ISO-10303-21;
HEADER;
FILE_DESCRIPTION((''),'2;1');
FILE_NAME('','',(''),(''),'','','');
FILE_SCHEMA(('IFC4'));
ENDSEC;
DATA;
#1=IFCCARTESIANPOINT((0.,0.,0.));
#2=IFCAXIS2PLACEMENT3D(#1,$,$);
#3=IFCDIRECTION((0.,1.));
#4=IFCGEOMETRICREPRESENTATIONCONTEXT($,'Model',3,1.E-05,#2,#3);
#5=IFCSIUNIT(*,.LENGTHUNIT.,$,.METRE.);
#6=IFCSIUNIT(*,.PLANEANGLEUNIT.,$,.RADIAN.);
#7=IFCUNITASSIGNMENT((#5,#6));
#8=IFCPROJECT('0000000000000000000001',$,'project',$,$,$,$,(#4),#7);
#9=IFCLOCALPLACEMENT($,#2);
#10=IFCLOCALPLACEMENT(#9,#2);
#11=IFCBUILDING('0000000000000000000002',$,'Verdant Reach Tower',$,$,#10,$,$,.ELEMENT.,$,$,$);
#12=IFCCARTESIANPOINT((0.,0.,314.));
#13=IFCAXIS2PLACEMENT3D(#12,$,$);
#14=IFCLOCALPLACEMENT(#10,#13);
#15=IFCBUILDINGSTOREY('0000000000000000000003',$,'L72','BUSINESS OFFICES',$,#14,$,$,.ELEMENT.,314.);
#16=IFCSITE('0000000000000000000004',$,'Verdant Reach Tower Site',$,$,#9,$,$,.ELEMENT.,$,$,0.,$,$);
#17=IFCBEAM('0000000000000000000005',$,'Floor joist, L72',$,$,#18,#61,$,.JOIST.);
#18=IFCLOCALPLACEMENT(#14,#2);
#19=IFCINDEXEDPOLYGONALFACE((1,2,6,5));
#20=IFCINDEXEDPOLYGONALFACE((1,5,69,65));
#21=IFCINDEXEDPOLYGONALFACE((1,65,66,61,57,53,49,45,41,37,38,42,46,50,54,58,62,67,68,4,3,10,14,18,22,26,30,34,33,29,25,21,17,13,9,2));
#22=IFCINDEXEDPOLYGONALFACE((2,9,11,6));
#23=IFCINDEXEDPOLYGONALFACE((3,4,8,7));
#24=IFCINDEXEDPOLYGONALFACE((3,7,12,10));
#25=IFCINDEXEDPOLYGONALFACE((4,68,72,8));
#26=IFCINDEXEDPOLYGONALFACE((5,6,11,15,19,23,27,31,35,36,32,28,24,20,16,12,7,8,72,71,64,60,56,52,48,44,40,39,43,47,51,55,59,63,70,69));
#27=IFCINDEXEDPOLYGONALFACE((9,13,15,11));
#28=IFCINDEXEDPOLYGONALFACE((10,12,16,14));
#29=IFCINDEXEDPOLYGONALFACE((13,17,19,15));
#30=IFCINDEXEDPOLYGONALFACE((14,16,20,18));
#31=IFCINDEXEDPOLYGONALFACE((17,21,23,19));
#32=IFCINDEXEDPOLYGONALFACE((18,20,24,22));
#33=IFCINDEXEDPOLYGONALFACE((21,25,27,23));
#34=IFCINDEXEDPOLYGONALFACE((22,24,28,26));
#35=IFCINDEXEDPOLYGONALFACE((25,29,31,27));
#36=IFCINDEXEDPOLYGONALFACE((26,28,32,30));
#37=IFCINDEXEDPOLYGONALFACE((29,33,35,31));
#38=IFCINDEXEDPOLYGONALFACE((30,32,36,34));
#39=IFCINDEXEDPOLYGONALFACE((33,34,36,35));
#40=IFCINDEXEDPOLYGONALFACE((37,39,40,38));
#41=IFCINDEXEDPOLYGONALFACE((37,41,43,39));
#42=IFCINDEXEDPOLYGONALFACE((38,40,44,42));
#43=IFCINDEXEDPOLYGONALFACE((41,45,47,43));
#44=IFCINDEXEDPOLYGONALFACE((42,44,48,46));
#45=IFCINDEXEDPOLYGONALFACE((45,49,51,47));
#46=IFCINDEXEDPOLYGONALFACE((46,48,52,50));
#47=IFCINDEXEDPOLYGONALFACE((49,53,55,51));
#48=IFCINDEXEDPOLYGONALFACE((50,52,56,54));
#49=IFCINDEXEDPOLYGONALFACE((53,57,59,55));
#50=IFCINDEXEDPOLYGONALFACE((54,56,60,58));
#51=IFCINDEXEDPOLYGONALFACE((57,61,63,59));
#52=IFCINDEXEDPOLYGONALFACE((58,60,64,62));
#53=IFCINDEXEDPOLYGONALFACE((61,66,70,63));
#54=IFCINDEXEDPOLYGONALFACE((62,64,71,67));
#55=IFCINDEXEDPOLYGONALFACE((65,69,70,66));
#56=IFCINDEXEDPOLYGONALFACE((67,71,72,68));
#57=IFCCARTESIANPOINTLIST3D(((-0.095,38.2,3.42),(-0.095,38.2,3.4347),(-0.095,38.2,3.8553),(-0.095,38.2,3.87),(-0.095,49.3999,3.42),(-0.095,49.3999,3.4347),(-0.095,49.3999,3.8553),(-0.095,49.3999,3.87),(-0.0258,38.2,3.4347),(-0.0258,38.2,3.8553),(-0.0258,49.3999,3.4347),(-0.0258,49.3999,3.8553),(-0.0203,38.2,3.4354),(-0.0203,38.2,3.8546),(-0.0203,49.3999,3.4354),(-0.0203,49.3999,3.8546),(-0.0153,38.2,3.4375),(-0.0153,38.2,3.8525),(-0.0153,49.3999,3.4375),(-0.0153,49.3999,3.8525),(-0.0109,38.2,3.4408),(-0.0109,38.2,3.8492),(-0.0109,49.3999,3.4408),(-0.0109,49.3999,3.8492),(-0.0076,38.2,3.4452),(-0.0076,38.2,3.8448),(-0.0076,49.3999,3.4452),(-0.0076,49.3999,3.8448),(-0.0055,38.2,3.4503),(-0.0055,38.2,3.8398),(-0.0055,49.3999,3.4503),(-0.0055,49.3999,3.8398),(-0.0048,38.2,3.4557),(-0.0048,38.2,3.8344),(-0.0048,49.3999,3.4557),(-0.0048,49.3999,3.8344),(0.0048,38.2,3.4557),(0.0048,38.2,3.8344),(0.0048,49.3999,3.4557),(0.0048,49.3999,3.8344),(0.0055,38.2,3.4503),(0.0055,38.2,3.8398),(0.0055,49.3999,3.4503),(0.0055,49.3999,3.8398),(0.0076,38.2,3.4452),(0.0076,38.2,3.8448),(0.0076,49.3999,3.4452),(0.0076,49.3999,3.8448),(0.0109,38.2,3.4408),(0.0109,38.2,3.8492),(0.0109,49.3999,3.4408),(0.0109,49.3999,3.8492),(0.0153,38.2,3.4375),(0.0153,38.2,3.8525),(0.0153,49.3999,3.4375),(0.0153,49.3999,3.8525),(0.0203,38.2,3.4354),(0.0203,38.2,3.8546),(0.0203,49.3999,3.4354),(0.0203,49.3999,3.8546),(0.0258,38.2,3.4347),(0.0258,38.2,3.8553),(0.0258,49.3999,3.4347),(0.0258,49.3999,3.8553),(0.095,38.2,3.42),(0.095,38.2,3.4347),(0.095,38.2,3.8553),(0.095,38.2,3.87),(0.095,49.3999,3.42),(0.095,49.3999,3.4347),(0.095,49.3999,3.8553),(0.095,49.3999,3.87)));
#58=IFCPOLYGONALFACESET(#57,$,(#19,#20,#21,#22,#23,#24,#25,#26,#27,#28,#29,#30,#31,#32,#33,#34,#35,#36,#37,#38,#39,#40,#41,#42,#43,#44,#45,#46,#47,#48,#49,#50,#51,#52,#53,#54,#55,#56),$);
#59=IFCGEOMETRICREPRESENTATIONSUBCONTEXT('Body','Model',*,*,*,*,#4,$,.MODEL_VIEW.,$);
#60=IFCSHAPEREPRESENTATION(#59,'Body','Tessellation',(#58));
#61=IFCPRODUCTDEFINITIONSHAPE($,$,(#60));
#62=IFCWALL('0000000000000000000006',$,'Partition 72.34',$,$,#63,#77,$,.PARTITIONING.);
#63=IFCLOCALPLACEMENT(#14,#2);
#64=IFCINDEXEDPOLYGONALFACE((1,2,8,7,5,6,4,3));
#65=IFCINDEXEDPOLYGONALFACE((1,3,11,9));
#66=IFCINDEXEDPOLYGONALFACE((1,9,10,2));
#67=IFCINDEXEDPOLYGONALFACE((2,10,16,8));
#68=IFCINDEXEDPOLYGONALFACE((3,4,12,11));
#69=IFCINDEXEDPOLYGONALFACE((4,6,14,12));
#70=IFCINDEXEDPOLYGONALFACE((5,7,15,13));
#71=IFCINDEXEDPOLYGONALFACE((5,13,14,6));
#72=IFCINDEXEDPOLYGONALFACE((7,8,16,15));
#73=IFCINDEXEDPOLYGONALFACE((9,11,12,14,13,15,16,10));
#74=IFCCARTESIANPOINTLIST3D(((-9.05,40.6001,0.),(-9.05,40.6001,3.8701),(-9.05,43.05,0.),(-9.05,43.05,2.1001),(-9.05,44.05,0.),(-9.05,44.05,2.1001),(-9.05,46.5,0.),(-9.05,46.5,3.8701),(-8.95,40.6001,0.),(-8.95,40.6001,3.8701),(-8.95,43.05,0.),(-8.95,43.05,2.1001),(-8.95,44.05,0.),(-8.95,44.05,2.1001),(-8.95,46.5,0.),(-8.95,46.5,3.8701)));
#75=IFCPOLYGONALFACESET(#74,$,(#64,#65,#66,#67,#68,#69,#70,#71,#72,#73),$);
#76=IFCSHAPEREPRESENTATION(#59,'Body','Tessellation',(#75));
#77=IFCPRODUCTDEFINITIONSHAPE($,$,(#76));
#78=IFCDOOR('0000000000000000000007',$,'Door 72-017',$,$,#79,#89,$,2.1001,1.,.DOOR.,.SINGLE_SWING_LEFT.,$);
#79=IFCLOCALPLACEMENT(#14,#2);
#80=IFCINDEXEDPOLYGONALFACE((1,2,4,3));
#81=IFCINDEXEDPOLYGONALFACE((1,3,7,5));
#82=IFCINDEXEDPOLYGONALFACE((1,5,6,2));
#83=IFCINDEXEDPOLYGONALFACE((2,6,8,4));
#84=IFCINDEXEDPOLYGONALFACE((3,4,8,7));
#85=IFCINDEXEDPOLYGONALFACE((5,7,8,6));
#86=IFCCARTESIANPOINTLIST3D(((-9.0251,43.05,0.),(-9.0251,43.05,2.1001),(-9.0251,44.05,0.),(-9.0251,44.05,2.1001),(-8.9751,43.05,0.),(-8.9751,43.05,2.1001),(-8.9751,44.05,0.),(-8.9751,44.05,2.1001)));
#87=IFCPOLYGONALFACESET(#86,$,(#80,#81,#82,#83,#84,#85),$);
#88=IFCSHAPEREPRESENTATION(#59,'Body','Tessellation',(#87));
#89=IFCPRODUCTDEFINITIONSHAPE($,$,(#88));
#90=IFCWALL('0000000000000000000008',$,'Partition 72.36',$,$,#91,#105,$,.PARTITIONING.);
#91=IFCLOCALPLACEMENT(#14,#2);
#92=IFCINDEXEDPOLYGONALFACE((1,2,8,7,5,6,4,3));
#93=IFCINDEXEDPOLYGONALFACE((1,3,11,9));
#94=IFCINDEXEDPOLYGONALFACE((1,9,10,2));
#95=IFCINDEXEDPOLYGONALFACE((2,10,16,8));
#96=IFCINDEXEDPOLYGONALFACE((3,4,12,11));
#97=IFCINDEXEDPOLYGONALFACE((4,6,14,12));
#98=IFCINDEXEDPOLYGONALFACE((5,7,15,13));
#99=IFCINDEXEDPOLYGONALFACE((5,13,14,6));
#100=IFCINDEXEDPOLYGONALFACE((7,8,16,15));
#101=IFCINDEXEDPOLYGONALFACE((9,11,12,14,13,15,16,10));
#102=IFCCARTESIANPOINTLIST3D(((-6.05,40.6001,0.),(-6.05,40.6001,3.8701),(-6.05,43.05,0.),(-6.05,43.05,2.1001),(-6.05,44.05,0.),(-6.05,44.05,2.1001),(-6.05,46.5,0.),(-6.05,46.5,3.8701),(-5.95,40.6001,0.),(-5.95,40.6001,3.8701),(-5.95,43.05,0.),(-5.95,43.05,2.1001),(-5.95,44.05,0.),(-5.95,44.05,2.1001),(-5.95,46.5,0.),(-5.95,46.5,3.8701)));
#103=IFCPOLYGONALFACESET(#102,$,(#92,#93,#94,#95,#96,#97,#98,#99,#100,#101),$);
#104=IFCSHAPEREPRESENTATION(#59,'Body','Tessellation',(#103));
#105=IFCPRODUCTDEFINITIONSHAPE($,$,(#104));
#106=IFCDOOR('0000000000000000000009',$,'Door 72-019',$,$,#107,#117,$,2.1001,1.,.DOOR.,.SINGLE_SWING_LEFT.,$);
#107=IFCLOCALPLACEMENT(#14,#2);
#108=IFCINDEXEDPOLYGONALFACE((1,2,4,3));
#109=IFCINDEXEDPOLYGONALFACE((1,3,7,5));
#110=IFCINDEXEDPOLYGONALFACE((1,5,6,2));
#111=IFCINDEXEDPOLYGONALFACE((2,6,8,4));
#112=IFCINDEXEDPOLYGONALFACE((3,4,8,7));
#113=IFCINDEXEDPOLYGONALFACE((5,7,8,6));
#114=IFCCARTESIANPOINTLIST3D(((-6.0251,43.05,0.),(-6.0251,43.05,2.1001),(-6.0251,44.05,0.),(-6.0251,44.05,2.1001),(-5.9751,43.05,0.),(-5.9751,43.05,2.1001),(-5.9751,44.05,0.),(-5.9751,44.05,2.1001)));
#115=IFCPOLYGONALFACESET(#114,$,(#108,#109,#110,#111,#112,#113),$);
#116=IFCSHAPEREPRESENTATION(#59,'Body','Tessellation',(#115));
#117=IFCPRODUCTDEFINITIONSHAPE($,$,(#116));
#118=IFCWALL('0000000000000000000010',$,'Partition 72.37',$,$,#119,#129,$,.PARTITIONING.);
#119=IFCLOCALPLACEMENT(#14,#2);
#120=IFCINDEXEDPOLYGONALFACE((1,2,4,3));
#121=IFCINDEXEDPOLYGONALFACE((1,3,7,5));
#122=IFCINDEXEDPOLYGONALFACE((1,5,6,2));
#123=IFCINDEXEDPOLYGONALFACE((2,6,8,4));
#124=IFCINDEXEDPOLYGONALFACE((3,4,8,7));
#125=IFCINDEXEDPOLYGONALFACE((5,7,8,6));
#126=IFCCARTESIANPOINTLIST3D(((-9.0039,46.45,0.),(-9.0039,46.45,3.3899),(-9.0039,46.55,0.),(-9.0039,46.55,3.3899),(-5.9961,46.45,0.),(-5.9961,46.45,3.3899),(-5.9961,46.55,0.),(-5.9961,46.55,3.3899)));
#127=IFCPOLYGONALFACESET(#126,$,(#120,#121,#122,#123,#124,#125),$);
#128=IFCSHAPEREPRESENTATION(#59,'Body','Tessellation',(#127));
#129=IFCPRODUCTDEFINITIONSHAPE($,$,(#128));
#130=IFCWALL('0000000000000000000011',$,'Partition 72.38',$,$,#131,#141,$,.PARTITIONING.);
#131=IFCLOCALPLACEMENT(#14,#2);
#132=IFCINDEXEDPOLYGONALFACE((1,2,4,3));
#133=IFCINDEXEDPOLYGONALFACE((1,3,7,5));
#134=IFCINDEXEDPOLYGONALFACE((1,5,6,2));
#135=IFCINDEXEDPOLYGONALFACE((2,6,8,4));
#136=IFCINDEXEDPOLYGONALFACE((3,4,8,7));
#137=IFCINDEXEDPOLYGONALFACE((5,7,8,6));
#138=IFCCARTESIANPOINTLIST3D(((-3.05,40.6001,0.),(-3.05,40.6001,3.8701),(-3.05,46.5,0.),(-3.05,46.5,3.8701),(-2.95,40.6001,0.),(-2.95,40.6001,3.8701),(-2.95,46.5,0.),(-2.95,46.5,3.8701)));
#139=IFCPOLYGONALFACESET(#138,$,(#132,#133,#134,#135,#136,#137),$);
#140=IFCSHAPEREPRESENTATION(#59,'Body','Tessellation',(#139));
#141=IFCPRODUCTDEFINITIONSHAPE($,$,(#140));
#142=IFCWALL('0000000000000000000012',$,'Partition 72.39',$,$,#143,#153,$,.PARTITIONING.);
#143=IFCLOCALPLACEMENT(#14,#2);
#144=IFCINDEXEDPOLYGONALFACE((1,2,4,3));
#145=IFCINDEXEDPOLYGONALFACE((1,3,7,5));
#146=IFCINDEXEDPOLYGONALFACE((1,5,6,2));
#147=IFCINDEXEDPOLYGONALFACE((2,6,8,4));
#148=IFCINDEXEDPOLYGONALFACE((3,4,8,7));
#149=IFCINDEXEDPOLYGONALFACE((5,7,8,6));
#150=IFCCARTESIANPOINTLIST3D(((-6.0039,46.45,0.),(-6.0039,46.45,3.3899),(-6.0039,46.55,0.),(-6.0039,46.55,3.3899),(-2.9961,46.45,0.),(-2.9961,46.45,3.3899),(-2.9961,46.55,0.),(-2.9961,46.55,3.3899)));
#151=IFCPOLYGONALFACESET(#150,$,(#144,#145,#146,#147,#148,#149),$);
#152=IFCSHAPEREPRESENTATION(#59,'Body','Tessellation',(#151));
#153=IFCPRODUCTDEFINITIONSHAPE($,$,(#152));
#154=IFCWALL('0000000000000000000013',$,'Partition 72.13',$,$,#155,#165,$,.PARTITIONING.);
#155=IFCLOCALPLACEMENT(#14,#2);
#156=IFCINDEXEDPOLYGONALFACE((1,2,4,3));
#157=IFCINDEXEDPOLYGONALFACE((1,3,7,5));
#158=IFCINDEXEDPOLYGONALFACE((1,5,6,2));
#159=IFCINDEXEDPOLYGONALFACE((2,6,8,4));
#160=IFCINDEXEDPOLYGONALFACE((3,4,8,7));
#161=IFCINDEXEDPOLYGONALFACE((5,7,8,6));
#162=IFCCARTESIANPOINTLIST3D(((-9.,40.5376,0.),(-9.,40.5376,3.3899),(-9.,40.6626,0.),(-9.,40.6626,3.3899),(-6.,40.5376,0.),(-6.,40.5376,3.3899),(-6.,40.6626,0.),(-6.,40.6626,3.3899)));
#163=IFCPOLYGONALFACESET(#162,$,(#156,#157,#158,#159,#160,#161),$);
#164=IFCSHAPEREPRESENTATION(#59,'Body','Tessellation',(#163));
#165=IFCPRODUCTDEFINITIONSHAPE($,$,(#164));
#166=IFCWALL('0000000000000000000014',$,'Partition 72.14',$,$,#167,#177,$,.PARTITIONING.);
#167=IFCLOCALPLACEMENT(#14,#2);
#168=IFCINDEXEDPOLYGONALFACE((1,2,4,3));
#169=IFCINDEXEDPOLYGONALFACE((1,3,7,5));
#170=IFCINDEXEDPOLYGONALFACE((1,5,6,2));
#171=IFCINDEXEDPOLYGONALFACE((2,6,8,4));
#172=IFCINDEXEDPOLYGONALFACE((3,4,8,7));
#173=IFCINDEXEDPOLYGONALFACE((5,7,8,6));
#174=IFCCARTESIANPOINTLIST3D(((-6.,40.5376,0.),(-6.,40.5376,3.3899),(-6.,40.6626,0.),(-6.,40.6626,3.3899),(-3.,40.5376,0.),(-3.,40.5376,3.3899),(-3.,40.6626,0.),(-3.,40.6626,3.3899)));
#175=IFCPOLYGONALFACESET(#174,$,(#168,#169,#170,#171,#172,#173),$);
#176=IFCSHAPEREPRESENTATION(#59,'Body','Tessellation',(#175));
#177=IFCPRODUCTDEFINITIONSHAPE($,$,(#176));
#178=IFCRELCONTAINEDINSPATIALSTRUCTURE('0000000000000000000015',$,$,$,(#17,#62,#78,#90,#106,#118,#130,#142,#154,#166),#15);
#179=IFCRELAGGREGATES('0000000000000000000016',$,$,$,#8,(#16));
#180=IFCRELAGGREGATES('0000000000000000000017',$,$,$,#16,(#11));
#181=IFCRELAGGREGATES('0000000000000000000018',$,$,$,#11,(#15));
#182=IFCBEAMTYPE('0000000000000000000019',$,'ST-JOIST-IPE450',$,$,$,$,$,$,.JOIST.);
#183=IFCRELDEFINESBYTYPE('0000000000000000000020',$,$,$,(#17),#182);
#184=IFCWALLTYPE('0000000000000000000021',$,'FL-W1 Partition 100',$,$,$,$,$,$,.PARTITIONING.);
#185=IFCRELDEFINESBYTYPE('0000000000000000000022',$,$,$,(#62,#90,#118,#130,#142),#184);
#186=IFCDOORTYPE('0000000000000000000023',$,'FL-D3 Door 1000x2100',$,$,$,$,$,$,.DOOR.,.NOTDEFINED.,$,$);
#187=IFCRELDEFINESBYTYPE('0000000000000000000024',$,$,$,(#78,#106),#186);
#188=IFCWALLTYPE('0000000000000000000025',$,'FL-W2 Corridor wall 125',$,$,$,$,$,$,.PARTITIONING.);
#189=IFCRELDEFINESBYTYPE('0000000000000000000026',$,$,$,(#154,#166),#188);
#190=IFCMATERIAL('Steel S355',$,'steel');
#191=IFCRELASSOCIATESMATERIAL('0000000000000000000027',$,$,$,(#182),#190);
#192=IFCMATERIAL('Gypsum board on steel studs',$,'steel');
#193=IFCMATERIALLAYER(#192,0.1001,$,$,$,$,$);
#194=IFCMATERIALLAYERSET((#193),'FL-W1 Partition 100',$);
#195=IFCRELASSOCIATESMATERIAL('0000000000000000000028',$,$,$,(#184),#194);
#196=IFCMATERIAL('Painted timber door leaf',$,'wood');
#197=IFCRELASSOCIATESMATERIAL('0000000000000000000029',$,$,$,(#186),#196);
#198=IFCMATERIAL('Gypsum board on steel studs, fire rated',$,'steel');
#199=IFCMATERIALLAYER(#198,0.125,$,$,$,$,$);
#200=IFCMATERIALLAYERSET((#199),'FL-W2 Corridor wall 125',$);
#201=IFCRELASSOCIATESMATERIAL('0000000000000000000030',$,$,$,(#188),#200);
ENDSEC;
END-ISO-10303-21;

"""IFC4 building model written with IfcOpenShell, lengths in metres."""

from ifc_helpers import new_model, si_unit, direction, frame, frame_2d, origin, origin_2d, place, context, subcontext, project, spatial, rectangle, i_section, extrude, material, layer, layer_set, material_profile, profile_set, type_object, element, fill, save


model = new_model("IFC4")

# Units and contexts
model_context = context("Model", 3, precision=1e-05, world=origin(), true_north=direction((0.0, 1.0)))
body_context = subcontext(model_context, "Body", "Model", "MODEL_VIEW")
ifc_project = project(units=[si_unit("LENGTHUNIT", "METRE"), si_unit("PLANEANGLEUNIT", "RADIAN")], contexts=[model_context])

# Site, building, storey
site_placement = place(None, origin())
site = spatial("IfcSite", under=ifc_project, at=site_placement, Name="Verdant Reach Tower Site", CompositionType="ELEMENT", RefElevation=0.0)
building_placement = place(site_placement, origin())
building = spatial("IfcBuilding", under=site, at=building_placement, Name="Verdant Reach Tower", CompositionType="ELEMENT")
storey_placement = place(building_placement, frame((0.0, 0.0, 314.0)))
storey = spatial("IfcBuildingStorey", under=building, at=storey_placement, Name="L72", Description="BUSINESS OFFICES", CompositionType="ELEMENT", Elevation=314.0)

# Beam
ifc_material_1 = material(Name="Steel S355", Category="steel")
ifc_material_profile_1 = material_profile(ifc_material_1, i_section(OverallWidth=0.1899, OverallDepth=0.45, WebThickness=0.0095, FlangeThickness=0.0146, FilletRadius=0.021, at=origin_2d()), Name="IPE 450")
ifc_profile_set_1 = profile_set([ifc_material_profile_1], Name="Steel S355")
beam_type_1 = type_object("IfcBeamType", Name="ST-JOIST-IPE450", PredefinedType="JOIST", material=ifc_profile_set_1)
for number, where, z_axis, x_axis, name in (
    (1, (0.0, 38.2, 3.645), (0.0, 1.0, 0.0), (-1.0, 0.0, 0.0), "Floor joist, L72"),
):
    element("IfcBeam", number, at=place(storey_placement, frame(where, z_axis=z_axis, x_axis=x_axis)), inside=storey, type_object=beam_type_1, Name=name, PredefinedType="JOIST", context=body_context, shape_type="SweptSolid", body=[
        extrude(i_section(OverallWidth=0.1899, OverallDepth=0.45, WebThickness=0.0095, FlangeThickness=0.0146, FilletRadius=0.021, at=origin_2d()), origin(), (0.0, 0.0, 1.0), 11.2),
    ])

# Walls, openings, doors
ifc_material_2 = material(Name="Gypsum board on steel studs", Category="steel")
ifc_layer_1 = layer(ifc_material_2, 0.1001)
ifc_layer_set_1 = layer_set([ifc_layer_1], Name="FL-W1 Partition 100")
wall_type_1 = type_object("IfcWallType", Name="FL-W1 Partition 100", PredefinedType="PARTITIONING", material=ifc_layer_set_1)
wall_1_placement = place(storey_placement, frame((-9.0, 46.5, 0.0), z_axis=(0.0, 0.0, 1.0), x_axis=(0.0, -1.0, 0.0)))
wall_1 = element("IfcWall", 2, at=wall_1_placement, inside=storey, type_object=wall_type_1, Name="Partition 72.34", PredefinedType="PARTITIONING", context=body_context, shape_type="SweptSolid", body=[
    extrude(rectangle(XDim=5.8999, YDim=0.1001, at=frame_2d((2.95, 0.0))), origin(), (0.0, 0.0, 1.0), 3.8701),
])
opening_1_placement = place(wall_1_placement, frame((2.45, 0.0, 0.0)))
opening_1 = element("IfcOpeningElement", 3, at=opening_1_placement, cuts=wall_1, PredefinedType="OPENING", context=body_context, shape_type="SweptSolid", body=[
    extrude(rectangle(XDim=1.0, YDim=2.1001, at=frame_2d((0.5, 1.05))), frame((0.0, 0.0601, 0.0), z_axis=(0.0, -1.0, 0.0), x_axis=(1.0, 0.0, 0.0)), (0.0, 0.0, 1.0), 0.1201),
])
ifc_material_3 = material(Name="Painted timber door leaf", Category="wood")
door_type_1 = type_object("IfcDoorType", Name="FL-D3 Door 1000x2100", OperationType="NOTDEFINED", PredefinedType="DOOR", material=ifc_material_3)
door_1_placement = place(opening_1_placement, origin())
door_1 = element("IfcDoor", 4, at=door_1_placement, inside=storey, type_object=door_type_1, Name="Door 72-017", OperationType="SINGLE_SWING_LEFT", OverallHeight=2.1001, OverallWidth=1.0, PredefinedType="DOOR", context=body_context, shape_type="SweptSolid", body=[
    extrude(rectangle(XDim=1.0, YDim=2.1001, at=frame_2d((0.5, 1.05))), frame((0.0, 0.0249, 0.0), z_axis=(0.0, -1.0, 0.0), x_axis=(1.0, 0.0, 0.0)), (0.0, 0.0, 1.0), 0.05),
])
fill(opening_1, door_1)
wall_2_placement = place(storey_placement, frame((-6.0, 46.5, 0.0), z_axis=(0.0, 0.0, 1.0), x_axis=(0.0, -1.0, 0.0)))
wall_2 = element("IfcWall", 5, at=wall_2_placement, inside=storey, type_object=wall_type_1, Name="Partition 72.36", PredefinedType="PARTITIONING", context=body_context, shape_type="SweptSolid", body=[
    extrude(rectangle(XDim=5.8999, YDim=0.1001, at=frame_2d((2.95, 0.0))), origin(), (0.0, 0.0, 1.0), 3.8701),
])
opening_2_placement = place(wall_2_placement, frame((2.45, 0.0, 0.0)))
opening_2 = element("IfcOpeningElement", 6, at=opening_2_placement, cuts=wall_2, PredefinedType="OPENING", context=body_context, shape_type="SweptSolid", body=[
    extrude(rectangle(XDim=1.0, YDim=2.1001, at=frame_2d((0.5, 1.05))), frame((0.0, 0.0601, 0.0), z_axis=(0.0, -1.0, 0.0), x_axis=(1.0, 0.0, 0.0)), (0.0, 0.0, 1.0), 0.1201),
])
door_2_placement = place(opening_2_placement, origin())
door_2 = element("IfcDoor", 7, at=door_2_placement, inside=storey, type_object=door_type_1, Name="Door 72-019", OperationType="SINGLE_SWING_LEFT", OverallHeight=2.1001, OverallWidth=1.0, PredefinedType="DOOR", context=body_context, shape_type="SweptSolid", body=[
    extrude(rectangle(XDim=1.0, YDim=2.1001, at=frame_2d((0.5, 1.05))), frame((0.0, 0.0249, 0.0), z_axis=(0.0, -1.0, 0.0), x_axis=(1.0, 0.0, 0.0)), (0.0, 0.0, 1.0), 0.05),
])
fill(opening_2, door_2)

# Walls
wall_3_placement = place(storey_placement, frame((-5.9961, 46.5, 0.0), z_axis=(0.0, 0.0, 1.0), x_axis=(-1.0, 0.0, 0.0)))
element("IfcWall", 8, at=wall_3_placement, inside=storey, type_object=wall_type_1, Name="Partition 72.37", PredefinedType="PARTITIONING", context=body_context, shape_type="SweptSolid", body=[
    extrude(rectangle(XDim=3.0078, YDim=0.1001, at=frame_2d((1.5039, 0.0))), origin(), (0.0, 0.0, 1.0), 3.3899),
])
wall_4_placement = place(storey_placement, frame((-3.0, 40.6001, 0.0), z_axis=(0.0, 0.0, 1.0), x_axis=(0.0, 1.0, 0.0)))
element("IfcWall", 9, at=wall_4_placement, inside=storey, type_object=wall_type_1, Name="Partition 72.38", PredefinedType="PARTITIONING", context=body_context, shape_type="SweptSolid", body=[
    extrude(rectangle(XDim=5.8999, YDim=0.1001, at=frame_2d((2.95, 0.0))), origin(), (0.0, 0.0, 1.0), 3.8701),
])
wall_5_placement = place(storey_placement, frame((-2.9961, 46.5, 0.0), z_axis=(0.0, 0.0, 1.0), x_axis=(-1.0, 0.0, 0.0)))
element("IfcWall", 10, at=wall_5_placement, inside=storey, type_object=wall_type_1, Name="Partition 72.39", PredefinedType="PARTITIONING", context=body_context, shape_type="SweptSolid", body=[
    extrude(rectangle(XDim=3.0078, YDim=0.1001, at=frame_2d((1.5039, 0.0))), origin(), (0.0, 0.0, 1.0), 3.3899),
])
ifc_material_4 = material(Name="Gypsum board on steel studs, fire rated", Category="steel")
ifc_layer_2 = layer(ifc_material_4, 0.125)
ifc_layer_set_2 = layer_set([ifc_layer_2], Name="FL-W2 Corridor wall 125")
wall_type_2 = type_object("IfcWallType", Name="FL-W2 Corridor wall 125", PredefinedType="PARTITIONING", material=ifc_layer_set_2)
for number, where, z_axis, x_axis, name in (
    (11, (-6.0, 40.6001, 0.0), (0.0, 0.0, 1.0), (-1.0, 0.0, 0.0), "Partition 72.13"),
    (12, (-3.0, 40.6001, 0.0), (0.0, 0.0, 1.0), (-1.0, 0.0, 0.0), "Partition 72.14"),
):
    element("IfcWall", number, at=place(storey_placement, frame(where, z_axis=z_axis, x_axis=x_axis)), inside=storey, type_object=wall_type_2, Name=name, PredefinedType="PARTITIONING", context=body_context, shape_type="SweptSolid", body=[
        extrude(rectangle(XDim=3.0, YDim=0.125, at=frame_2d((1.5, 0.0))), origin(), (0.0, 0.0, 1.0), 3.3899),
    ])

save(model, "model.ifc")
